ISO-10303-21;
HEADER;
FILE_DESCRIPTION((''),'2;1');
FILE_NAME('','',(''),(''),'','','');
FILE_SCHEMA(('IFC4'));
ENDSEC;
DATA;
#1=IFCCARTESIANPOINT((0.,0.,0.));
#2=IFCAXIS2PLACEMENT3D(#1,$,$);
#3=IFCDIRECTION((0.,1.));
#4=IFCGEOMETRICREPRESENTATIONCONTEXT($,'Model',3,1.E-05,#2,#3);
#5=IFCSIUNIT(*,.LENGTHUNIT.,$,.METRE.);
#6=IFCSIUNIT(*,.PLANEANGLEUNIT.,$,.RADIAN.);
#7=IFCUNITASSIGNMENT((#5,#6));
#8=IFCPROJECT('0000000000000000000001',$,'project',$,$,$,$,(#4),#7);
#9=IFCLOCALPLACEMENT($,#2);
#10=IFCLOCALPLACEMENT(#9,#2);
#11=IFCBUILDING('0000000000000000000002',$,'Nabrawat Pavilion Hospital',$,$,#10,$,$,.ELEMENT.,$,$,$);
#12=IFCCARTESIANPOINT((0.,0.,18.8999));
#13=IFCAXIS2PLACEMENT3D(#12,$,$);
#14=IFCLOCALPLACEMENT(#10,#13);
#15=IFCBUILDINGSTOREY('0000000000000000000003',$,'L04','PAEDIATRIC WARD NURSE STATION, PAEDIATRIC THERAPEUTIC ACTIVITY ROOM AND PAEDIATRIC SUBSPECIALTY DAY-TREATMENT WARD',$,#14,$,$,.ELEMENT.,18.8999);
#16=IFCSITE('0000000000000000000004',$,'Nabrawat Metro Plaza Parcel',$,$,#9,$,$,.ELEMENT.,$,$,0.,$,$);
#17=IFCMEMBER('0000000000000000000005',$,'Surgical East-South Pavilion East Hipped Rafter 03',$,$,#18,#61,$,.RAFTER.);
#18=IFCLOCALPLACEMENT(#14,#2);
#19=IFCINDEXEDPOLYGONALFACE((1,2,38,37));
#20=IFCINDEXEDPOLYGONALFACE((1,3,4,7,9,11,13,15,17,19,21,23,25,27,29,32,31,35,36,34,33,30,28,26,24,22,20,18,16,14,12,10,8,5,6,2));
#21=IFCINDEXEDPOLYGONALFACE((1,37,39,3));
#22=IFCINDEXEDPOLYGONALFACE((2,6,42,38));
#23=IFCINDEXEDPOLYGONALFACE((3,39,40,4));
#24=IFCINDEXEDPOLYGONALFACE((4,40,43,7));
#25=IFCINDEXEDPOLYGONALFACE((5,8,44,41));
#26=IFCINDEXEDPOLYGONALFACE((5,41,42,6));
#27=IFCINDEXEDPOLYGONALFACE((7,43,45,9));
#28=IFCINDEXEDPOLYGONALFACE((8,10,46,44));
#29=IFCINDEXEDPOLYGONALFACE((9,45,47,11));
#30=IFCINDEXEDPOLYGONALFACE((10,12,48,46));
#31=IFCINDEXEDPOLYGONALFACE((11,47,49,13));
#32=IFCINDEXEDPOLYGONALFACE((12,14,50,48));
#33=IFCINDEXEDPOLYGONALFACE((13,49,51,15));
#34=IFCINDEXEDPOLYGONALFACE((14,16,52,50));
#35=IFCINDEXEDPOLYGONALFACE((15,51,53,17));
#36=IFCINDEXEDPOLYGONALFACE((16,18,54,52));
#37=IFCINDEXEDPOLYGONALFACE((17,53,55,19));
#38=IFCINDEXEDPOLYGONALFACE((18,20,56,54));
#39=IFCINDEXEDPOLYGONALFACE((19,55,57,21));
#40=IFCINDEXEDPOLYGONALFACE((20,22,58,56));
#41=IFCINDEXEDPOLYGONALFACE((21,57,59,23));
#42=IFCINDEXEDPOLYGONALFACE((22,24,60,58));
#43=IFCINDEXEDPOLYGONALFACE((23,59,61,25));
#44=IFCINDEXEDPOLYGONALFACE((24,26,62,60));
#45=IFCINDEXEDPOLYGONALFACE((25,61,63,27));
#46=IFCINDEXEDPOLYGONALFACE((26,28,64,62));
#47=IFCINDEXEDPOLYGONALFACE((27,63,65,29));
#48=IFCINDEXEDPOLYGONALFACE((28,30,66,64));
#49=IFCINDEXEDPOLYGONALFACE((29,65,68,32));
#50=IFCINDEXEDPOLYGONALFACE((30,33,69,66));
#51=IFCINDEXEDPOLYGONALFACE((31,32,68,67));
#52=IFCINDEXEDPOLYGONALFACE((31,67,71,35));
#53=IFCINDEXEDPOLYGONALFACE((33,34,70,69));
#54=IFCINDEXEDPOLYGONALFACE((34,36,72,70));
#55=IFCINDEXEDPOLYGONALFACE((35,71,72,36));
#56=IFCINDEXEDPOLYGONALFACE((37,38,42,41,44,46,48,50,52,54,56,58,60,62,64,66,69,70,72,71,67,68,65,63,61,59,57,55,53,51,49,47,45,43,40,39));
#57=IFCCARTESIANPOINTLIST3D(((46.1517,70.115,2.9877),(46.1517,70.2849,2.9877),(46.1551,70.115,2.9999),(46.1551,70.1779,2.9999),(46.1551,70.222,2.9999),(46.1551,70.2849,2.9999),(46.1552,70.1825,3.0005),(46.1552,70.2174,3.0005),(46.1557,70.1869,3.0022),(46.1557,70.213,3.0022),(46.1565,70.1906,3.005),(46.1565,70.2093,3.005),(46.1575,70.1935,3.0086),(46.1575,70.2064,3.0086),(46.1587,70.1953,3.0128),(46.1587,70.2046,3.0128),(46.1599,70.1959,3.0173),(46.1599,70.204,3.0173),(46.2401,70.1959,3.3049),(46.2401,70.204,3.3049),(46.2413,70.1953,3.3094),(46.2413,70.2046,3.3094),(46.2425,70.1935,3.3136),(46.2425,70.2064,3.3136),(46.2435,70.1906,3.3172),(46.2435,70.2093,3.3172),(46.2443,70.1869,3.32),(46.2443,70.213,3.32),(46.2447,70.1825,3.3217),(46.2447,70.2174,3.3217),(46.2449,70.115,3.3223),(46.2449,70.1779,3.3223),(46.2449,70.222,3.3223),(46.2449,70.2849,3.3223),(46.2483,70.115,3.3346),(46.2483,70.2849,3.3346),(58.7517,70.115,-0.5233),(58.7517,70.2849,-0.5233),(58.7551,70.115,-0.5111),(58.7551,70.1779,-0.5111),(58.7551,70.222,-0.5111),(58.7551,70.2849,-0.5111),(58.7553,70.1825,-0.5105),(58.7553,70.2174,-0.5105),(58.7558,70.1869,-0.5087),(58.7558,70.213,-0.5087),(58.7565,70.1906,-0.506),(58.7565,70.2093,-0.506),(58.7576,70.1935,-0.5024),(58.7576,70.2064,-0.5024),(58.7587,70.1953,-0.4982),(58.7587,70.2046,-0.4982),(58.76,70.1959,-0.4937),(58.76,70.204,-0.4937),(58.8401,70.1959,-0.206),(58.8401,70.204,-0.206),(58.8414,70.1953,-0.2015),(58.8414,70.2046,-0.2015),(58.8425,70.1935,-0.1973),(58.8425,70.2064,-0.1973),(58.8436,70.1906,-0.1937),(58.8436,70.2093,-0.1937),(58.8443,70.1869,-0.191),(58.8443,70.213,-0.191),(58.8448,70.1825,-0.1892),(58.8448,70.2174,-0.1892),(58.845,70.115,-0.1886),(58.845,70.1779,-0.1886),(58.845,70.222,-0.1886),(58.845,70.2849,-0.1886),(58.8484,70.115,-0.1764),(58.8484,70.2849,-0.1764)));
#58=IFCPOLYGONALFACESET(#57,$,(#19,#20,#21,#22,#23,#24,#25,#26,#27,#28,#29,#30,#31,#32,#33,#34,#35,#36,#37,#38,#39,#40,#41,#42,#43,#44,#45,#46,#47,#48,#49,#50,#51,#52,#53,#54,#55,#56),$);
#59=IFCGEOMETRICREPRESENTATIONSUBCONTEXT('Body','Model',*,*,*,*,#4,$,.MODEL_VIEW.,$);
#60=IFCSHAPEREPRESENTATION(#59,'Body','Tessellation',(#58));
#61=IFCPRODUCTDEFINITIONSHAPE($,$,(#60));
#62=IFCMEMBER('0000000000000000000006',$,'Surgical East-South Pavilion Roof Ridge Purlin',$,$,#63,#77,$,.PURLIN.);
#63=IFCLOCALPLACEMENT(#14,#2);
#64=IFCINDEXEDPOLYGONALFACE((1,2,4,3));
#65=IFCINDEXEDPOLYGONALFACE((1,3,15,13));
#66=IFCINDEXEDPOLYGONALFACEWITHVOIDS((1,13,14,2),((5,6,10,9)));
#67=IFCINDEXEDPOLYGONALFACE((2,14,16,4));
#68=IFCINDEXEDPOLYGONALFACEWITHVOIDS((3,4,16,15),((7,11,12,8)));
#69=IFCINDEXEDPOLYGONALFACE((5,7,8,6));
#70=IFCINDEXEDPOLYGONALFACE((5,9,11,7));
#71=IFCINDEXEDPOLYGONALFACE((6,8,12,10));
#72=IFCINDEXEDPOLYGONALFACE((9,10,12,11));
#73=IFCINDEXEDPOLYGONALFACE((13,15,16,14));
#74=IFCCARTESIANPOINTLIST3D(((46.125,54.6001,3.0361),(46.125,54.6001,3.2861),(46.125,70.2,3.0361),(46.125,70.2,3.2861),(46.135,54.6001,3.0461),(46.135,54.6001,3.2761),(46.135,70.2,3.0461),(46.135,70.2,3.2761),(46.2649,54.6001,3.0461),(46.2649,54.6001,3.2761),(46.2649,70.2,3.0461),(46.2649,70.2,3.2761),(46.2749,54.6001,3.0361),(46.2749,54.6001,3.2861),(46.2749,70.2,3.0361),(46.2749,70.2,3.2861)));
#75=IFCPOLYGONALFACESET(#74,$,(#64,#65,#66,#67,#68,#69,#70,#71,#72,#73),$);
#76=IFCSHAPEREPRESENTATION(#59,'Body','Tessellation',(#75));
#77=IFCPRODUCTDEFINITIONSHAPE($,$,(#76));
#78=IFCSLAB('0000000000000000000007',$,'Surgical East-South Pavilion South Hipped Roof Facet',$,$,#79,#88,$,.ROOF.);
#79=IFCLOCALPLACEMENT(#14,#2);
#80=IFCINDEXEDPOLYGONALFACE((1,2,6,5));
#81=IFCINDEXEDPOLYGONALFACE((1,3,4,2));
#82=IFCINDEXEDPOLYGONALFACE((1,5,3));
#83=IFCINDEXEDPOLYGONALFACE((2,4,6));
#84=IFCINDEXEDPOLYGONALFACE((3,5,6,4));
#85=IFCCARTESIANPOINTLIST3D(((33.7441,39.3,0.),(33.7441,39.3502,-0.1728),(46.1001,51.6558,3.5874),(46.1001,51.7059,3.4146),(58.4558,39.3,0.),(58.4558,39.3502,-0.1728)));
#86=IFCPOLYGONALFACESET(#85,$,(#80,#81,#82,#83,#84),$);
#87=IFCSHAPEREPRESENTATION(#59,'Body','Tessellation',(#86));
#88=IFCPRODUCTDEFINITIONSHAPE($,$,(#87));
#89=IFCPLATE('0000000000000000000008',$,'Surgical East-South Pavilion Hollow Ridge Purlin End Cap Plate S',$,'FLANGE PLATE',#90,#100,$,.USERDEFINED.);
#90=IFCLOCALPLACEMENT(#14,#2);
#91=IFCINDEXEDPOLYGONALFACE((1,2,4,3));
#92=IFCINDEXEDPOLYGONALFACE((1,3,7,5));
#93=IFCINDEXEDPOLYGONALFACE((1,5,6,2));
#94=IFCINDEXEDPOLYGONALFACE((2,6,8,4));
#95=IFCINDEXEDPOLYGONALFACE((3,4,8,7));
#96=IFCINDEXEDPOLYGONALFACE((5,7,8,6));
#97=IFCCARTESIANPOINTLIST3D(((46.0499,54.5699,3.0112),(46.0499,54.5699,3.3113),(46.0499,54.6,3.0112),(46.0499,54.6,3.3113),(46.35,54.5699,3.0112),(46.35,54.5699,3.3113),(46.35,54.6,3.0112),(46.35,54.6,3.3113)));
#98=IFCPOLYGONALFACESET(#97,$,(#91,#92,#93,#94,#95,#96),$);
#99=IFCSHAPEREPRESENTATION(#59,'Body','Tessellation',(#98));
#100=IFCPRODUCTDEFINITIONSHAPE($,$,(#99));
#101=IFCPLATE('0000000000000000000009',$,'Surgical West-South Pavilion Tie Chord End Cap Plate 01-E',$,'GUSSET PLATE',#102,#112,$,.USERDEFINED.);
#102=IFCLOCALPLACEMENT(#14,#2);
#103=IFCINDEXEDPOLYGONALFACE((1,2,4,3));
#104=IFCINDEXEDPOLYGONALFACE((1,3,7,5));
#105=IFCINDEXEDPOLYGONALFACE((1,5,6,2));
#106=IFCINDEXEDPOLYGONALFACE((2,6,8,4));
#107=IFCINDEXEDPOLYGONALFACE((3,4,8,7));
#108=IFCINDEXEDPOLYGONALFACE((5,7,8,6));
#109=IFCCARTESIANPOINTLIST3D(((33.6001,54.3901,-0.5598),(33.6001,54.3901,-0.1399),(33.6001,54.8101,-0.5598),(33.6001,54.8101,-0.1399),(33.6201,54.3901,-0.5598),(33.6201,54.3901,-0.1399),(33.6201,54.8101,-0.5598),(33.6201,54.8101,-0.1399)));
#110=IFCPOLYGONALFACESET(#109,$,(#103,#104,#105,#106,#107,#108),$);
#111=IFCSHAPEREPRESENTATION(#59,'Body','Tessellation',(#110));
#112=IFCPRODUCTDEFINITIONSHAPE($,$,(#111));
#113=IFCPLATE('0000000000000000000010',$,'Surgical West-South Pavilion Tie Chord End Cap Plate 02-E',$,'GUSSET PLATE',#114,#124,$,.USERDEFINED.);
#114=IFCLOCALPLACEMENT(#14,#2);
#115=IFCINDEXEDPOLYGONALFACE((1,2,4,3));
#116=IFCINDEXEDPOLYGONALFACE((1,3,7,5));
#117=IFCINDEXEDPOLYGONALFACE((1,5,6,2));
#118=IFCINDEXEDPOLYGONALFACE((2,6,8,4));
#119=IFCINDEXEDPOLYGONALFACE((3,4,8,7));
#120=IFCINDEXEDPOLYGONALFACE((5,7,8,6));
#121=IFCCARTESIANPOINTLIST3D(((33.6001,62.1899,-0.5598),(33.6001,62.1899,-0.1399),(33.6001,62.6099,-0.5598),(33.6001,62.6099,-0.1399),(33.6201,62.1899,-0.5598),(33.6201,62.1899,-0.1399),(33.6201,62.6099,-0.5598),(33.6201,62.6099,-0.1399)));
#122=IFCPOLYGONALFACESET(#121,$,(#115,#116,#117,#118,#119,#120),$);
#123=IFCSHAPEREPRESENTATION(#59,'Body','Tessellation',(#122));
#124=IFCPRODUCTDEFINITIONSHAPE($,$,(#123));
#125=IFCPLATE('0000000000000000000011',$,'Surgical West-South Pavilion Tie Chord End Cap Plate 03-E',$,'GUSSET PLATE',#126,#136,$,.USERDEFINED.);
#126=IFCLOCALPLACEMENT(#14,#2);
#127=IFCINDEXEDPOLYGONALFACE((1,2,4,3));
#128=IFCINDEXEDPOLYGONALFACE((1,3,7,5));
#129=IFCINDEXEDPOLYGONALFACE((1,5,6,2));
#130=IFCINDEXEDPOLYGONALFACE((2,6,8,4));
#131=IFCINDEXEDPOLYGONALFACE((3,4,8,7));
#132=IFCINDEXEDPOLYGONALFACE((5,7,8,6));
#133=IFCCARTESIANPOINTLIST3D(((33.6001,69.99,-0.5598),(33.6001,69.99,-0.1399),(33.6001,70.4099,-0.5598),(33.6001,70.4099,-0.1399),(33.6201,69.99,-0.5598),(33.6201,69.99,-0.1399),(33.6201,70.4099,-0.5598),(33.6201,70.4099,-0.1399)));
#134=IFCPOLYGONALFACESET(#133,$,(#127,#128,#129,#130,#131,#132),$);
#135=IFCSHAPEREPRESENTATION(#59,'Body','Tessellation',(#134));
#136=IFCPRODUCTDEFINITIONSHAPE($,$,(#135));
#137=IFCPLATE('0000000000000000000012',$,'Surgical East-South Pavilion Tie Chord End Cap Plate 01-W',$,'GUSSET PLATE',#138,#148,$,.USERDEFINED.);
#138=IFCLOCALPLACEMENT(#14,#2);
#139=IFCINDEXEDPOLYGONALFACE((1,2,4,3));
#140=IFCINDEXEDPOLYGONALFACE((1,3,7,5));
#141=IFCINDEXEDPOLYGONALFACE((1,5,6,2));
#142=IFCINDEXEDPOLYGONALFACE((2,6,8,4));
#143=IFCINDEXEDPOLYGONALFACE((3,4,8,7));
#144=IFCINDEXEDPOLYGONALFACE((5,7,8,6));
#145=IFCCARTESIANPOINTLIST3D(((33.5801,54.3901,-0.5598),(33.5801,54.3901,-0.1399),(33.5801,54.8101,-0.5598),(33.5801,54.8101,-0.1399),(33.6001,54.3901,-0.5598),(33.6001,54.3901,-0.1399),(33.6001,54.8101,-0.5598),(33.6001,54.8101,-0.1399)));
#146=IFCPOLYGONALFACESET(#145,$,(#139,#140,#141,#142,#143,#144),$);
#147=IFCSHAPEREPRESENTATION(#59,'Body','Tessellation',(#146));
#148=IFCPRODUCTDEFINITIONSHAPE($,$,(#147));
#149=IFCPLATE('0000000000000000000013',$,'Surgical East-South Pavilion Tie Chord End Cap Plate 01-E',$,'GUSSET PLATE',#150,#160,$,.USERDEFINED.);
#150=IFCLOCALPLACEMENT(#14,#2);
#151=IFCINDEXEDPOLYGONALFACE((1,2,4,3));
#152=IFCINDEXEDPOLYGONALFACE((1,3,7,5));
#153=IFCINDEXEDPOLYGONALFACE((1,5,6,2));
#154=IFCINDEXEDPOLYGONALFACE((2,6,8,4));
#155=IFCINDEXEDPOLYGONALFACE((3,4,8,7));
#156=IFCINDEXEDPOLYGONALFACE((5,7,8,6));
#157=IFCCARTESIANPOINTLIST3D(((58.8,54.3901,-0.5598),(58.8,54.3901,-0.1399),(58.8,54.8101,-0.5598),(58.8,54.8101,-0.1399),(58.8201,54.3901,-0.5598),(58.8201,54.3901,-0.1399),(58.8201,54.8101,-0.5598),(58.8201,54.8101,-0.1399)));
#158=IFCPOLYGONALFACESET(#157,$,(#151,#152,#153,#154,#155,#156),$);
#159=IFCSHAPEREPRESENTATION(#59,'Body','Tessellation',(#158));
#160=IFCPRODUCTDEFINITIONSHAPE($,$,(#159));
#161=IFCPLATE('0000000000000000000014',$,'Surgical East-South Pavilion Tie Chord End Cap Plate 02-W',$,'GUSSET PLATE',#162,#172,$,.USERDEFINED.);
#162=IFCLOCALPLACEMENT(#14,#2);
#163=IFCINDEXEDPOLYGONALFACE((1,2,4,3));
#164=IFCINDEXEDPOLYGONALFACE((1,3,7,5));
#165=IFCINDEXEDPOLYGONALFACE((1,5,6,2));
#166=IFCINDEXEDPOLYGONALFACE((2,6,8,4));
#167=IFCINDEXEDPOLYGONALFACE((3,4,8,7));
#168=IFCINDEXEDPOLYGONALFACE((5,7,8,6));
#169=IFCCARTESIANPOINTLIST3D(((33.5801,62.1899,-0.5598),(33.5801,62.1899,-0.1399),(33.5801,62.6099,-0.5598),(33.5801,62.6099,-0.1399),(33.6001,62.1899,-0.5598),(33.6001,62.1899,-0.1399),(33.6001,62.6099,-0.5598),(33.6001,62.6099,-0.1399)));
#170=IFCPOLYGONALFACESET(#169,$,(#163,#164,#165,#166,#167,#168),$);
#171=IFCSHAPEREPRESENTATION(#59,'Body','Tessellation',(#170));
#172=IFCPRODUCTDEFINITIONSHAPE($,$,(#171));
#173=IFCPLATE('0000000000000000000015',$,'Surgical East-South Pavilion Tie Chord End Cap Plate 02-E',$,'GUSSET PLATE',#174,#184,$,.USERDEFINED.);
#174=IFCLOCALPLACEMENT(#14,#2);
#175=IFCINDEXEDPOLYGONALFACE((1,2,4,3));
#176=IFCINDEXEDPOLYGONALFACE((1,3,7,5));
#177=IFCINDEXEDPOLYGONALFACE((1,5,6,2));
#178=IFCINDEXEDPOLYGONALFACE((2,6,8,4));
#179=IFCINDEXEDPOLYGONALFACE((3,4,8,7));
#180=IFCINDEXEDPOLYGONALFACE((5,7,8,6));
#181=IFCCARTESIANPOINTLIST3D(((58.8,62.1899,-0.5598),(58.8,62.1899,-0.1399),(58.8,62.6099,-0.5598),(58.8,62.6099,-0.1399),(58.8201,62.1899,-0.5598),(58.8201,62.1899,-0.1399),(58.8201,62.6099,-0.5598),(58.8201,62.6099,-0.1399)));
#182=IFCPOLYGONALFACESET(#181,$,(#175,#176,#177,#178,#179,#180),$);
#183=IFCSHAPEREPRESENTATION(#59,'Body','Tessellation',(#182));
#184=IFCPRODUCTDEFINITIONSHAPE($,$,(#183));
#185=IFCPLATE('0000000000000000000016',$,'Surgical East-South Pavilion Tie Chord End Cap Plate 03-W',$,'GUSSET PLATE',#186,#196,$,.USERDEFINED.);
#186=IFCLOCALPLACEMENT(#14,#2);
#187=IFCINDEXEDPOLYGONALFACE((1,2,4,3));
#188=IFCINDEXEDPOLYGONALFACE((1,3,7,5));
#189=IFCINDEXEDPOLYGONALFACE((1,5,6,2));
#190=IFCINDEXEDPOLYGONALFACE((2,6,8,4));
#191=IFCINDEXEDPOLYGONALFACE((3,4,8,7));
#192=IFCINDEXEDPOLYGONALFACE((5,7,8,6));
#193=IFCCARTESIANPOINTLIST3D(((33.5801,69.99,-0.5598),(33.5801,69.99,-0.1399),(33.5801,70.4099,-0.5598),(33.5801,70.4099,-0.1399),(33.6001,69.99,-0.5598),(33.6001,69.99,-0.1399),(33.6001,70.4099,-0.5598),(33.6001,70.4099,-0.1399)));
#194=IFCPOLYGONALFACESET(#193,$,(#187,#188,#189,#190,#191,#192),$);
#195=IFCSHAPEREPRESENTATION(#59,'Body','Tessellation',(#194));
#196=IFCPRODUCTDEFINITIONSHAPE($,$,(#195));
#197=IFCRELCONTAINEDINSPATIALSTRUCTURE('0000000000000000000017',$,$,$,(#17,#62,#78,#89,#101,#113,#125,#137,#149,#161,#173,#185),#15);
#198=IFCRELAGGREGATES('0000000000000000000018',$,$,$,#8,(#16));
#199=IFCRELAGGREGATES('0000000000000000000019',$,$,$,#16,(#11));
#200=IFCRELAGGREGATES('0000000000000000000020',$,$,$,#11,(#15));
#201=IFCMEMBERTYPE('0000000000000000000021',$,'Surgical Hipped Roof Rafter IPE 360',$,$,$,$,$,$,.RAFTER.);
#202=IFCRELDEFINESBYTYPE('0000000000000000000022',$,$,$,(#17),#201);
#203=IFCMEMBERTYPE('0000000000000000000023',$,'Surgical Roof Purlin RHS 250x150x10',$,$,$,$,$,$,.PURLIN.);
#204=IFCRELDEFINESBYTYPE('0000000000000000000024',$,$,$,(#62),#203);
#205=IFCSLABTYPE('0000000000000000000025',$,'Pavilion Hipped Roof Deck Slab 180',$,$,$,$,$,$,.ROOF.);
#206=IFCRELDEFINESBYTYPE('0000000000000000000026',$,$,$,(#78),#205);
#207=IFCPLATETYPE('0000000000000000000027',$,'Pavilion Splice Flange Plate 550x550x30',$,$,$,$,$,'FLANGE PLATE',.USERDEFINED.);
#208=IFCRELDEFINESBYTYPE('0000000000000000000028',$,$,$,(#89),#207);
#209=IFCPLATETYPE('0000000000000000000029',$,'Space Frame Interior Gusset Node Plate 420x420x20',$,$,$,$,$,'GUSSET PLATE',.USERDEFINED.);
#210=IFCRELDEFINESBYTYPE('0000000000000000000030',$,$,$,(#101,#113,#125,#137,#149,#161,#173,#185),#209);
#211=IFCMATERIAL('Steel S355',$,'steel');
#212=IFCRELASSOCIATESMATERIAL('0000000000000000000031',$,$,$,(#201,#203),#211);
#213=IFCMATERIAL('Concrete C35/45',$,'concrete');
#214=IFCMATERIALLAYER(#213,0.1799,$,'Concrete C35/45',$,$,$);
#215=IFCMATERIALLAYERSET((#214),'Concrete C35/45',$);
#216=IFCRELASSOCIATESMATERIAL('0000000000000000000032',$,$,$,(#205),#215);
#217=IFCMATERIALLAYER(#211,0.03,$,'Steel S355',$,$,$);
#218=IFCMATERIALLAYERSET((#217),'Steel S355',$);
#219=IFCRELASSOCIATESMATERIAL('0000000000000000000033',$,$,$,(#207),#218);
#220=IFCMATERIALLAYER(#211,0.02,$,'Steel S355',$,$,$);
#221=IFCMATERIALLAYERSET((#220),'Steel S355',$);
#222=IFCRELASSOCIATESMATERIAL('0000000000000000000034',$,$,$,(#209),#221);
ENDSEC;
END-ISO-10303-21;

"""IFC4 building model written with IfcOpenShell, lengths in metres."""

from ifc_helpers import new_model, si_unit, direction, frame, origin, origin_2d, place, context, subcontext, project, spatial, polyline, rectangle, hollow_rectangle, i_section, outline, extrude, material, layer, layer_set, material_profile, profile_set, type_object, element, save


model = new_model("IFC4")

# Units and contexts
model_context = context("Model", 3, precision=1e-05, world=origin(), true_north=direction((0.0, 1.0)))
body_context = subcontext(model_context, "Body", "Model", "MODEL_VIEW")
ifc_project = project(units=[si_unit("LENGTHUNIT", "METRE"), si_unit("PLANEANGLEUNIT", "RADIAN")], contexts=[model_context])

# Site, building, storey
site_placement = place(None, origin())
site = spatial("IfcSite", under=ifc_project, at=site_placement, Name="Nabrawat Metro Plaza Parcel", CompositionType="ELEMENT", RefElevation=0.0)
building_placement = place(site_placement, origin())
building = spatial("IfcBuilding", under=site, at=building_placement, Name="Nabrawat Pavilion Hospital", CompositionType="ELEMENT")
storey_placement = place(building_placement, frame((0.0, 0.0, 18.8999)))
storey = spatial("IfcBuildingStorey", under=building, at=storey_placement, Name="L04", Description="PAEDIATRIC WARD NURSE STATION, PAEDIATRIC THERAPEUTIC ACTIVITY ROOM AND PAEDIATRIC SUBSPECIALTY DAY-TREATMENT WARD", CompositionType="ELEMENT", Elevation=18.8999)

# Members
ifc_material_1 = material(Name="Steel S355", Category="steel")
ifc_material_profile_1 = material_profile(ifc_material_1, i_section(OverallWidth=0.1699, OverallDepth=0.3601, WebThickness=0.0081, FlangeThickness=0.0127, FilletRadius=0.0181, at=origin_2d()), Name="IPE 360")
ifc_profile_set_1 = profile_set([ifc_material_profile_1], Name="Steel S355")
member_type_1 = type_object("IfcMemberType", Name="Surgical Hipped Roof Rafter IPE 360", PredefinedType="RAFTER", material=ifc_profile_set_1)
member_1_placement = place(storey_placement, frame((58.8, 70.2, -0.3499), z_axis=(-0.963302, 0.0, 0.268422), x_axis=(0.0, -1.0, 0.0)))
element("IfcMember", 1, at=member_1_placement, inside=storey, type_object=member_type_1, Name="Surgical East-South Pavilion East Hipped Rafter 03", PredefinedType="RAFTER", context=body_context, shape_type="SweptSolid", body=[
    extrude(i_section(OverallWidth=0.1699, OverallDepth=0.3601, WebThickness=0.0081, FlangeThickness=0.0127, FilletRadius=0.0181, at=origin_2d()), origin(), (0.0, 0.0, 1.0), 13.0801),
])
ifc_material_profile_2 = material_profile(ifc_material_1, hollow_rectangle(XDim=0.1499, YDim=0.25, WallThickness=0.01, at=origin_2d()), Name="RHS 250x150x10")
ifc_profile_set_2 = profile_set([ifc_material_profile_2], Name="Steel S355")
member_type_2 = type_object("IfcMemberType", Name="Surgical Roof Purlin RHS 250x150x10", PredefinedType="PURLIN", material=ifc_profile_set_2)
member_2_placement = place(storey_placement, frame((46.2, 54.6001, 3.1611), z_axis=(0.0, 1.0, 0.0), x_axis=(-1.0, 0.0, 0.0)))
element("IfcMember", 2, at=member_2_placement, inside=storey, type_object=member_type_2, Name="Surgical East-South Pavilion Roof Ridge Purlin", PredefinedType="PURLIN", context=body_context, shape_type="SweptSolid", body=[
    extrude(hollow_rectangle(XDim=0.1499, YDim=0.25, WallThickness=0.01, at=origin_2d()), origin(), (0.0, 0.0, 1.0), 15.5999),
])

# Slab
ifc_material_2 = material(Name="Concrete C35/45", Category="concrete")
ifc_layer_1 = layer(ifc_material_2, 0.1799, Name="Concrete C35/45")
ifc_layer_set_1 = layer_set([ifc_layer_1], Name="Concrete C35/45")
slab_type = type_object("IfcSlabType", Name="Pavilion Hipped Roof Deck Slab 180", PredefinedType="ROOF", material=ifc_layer_set_1)
slab_placement = place(storey_placement, frame((33.7441, 39.3, 0.0), z_axis=(0.0, -0.278829, 0.960341), x_axis=(1.0, 0.0, 0.0)))
element("IfcSlab", 3, at=slab_placement, inside=storey, type_object=slab_type, Name="Surgical East-South Pavilion South Hipped Roof Facet", PredefinedType="ROOF", context=body_context, shape_type="SweptSolid", body=[
    extrude(outline(polyline([(0.0, 0.0), (24.7117, 0.0), (12.356, 12.866), (0.0, 0.0)])), origin(), (0.0, 0.0, -1.0), 0.1799),
])

# Plates
ifc_layer_2 = layer(ifc_material_1, 0.03, Name="Steel S355")
ifc_layer_set_2 = layer_set([ifc_layer_2], Name="Steel S355")
plate_type_1 = type_object("IfcPlateType", Name="Pavilion Splice Flange Plate 550x550x30", ElementType="FLANGE PLATE", PredefinedType="USERDEFINED", material=ifc_layer_set_2)
plate_placement = place(storey_placement, frame((46.2, 54.585, 3.0112), z_axis=(0.0, 0.0, 1.0), x_axis=(1.0, 0.0, 0.0)))
element("IfcPlate", 4, at=plate_placement, inside=storey, type_object=plate_type_1, Name="Surgical East-South Pavilion Hollow Ridge Purlin End Cap Plate S", ObjectType="FLANGE PLATE", PredefinedType="USERDEFINED", context=body_context, shape_type="SweptSolid", body=[
    extrude(rectangle(XDim=0.3, YDim=0.03, at=origin_2d()), origin(), (0.0, 0.0, 1.0), 0.3),
])
ifc_layer_3 = layer(ifc_material_1, 0.02, Name="Steel S355")
ifc_layer_set_3 = layer_set([ifc_layer_3], Name="Steel S355")
plate_type_2 = type_object("IfcPlateType", Name="Space Frame Interior Gusset Node Plate 420x420x20", ElementType="GUSSET PLATE", PredefinedType="USERDEFINED", material=ifc_layer_set_3)
for number, where, z_axis, x_axis, name in (
    (5, (33.6101, 54.6001, -0.5598), (0.0, 0.0, 1.0), (1.0, 0.0, 0.0), "Surgical West-South Pavilion Tie Chord End Cap Plate 01-E"),
    (6, (33.6101, 62.3999, -0.5598), (0.0, 0.0, 1.0), (1.0, 0.0, 0.0), "Surgical West-South Pavilion Tie Chord End Cap Plate 02-E"),
    (7, (33.6101, 70.2, -0.5598), (0.0, 0.0, 1.0), (1.0, 0.0, 0.0), "Surgical West-South Pavilion Tie Chord End Cap Plate 03-E"),
    (8, (33.5901, 54.6001, -0.5598), (0.0, 0.0, 1.0), (1.0, 0.0, 0.0), "Surgical East-South Pavilion Tie Chord End Cap Plate 01-W"),
    (9, (58.8101, 54.6001, -0.5598), (0.0, 0.0, 1.0), (1.0, 0.0, 0.0), "Surgical East-South Pavilion Tie Chord End Cap Plate 01-E"),
    (10, (33.5901, 62.3999, -0.5598), (0.0, 0.0, 1.0), (1.0, 0.0, 0.0), "Surgical East-South Pavilion Tie Chord End Cap Plate 02-W"),
    (11, (58.8101, 62.3999, -0.5598), (0.0, 0.0, 1.0), (1.0, 0.0, 0.0), "Surgical East-South Pavilion Tie Chord End Cap Plate 02-E"),
    (12, (33.5901, 70.2, -0.5598), (0.0, 0.0, 1.0), (1.0, 0.0, 0.0), "Surgical East-South Pavilion Tie Chord End Cap Plate 03-W"),
):
    element("IfcPlate", number, at=place(storey_placement, frame(where, z_axis=z_axis, x_axis=x_axis)), inside=storey, type_object=plate_type_2, Name=name, ObjectType="GUSSET PLATE", PredefinedType="USERDEFINED", context=body_context, shape_type="SweptSolid", body=[
        extrude(rectangle(XDim=0.02, YDim=0.4199, at=origin_2d()), origin(), (0.0, 0.0, 1.0), 0.4199),
    ])

save(model, "model.ifc")
